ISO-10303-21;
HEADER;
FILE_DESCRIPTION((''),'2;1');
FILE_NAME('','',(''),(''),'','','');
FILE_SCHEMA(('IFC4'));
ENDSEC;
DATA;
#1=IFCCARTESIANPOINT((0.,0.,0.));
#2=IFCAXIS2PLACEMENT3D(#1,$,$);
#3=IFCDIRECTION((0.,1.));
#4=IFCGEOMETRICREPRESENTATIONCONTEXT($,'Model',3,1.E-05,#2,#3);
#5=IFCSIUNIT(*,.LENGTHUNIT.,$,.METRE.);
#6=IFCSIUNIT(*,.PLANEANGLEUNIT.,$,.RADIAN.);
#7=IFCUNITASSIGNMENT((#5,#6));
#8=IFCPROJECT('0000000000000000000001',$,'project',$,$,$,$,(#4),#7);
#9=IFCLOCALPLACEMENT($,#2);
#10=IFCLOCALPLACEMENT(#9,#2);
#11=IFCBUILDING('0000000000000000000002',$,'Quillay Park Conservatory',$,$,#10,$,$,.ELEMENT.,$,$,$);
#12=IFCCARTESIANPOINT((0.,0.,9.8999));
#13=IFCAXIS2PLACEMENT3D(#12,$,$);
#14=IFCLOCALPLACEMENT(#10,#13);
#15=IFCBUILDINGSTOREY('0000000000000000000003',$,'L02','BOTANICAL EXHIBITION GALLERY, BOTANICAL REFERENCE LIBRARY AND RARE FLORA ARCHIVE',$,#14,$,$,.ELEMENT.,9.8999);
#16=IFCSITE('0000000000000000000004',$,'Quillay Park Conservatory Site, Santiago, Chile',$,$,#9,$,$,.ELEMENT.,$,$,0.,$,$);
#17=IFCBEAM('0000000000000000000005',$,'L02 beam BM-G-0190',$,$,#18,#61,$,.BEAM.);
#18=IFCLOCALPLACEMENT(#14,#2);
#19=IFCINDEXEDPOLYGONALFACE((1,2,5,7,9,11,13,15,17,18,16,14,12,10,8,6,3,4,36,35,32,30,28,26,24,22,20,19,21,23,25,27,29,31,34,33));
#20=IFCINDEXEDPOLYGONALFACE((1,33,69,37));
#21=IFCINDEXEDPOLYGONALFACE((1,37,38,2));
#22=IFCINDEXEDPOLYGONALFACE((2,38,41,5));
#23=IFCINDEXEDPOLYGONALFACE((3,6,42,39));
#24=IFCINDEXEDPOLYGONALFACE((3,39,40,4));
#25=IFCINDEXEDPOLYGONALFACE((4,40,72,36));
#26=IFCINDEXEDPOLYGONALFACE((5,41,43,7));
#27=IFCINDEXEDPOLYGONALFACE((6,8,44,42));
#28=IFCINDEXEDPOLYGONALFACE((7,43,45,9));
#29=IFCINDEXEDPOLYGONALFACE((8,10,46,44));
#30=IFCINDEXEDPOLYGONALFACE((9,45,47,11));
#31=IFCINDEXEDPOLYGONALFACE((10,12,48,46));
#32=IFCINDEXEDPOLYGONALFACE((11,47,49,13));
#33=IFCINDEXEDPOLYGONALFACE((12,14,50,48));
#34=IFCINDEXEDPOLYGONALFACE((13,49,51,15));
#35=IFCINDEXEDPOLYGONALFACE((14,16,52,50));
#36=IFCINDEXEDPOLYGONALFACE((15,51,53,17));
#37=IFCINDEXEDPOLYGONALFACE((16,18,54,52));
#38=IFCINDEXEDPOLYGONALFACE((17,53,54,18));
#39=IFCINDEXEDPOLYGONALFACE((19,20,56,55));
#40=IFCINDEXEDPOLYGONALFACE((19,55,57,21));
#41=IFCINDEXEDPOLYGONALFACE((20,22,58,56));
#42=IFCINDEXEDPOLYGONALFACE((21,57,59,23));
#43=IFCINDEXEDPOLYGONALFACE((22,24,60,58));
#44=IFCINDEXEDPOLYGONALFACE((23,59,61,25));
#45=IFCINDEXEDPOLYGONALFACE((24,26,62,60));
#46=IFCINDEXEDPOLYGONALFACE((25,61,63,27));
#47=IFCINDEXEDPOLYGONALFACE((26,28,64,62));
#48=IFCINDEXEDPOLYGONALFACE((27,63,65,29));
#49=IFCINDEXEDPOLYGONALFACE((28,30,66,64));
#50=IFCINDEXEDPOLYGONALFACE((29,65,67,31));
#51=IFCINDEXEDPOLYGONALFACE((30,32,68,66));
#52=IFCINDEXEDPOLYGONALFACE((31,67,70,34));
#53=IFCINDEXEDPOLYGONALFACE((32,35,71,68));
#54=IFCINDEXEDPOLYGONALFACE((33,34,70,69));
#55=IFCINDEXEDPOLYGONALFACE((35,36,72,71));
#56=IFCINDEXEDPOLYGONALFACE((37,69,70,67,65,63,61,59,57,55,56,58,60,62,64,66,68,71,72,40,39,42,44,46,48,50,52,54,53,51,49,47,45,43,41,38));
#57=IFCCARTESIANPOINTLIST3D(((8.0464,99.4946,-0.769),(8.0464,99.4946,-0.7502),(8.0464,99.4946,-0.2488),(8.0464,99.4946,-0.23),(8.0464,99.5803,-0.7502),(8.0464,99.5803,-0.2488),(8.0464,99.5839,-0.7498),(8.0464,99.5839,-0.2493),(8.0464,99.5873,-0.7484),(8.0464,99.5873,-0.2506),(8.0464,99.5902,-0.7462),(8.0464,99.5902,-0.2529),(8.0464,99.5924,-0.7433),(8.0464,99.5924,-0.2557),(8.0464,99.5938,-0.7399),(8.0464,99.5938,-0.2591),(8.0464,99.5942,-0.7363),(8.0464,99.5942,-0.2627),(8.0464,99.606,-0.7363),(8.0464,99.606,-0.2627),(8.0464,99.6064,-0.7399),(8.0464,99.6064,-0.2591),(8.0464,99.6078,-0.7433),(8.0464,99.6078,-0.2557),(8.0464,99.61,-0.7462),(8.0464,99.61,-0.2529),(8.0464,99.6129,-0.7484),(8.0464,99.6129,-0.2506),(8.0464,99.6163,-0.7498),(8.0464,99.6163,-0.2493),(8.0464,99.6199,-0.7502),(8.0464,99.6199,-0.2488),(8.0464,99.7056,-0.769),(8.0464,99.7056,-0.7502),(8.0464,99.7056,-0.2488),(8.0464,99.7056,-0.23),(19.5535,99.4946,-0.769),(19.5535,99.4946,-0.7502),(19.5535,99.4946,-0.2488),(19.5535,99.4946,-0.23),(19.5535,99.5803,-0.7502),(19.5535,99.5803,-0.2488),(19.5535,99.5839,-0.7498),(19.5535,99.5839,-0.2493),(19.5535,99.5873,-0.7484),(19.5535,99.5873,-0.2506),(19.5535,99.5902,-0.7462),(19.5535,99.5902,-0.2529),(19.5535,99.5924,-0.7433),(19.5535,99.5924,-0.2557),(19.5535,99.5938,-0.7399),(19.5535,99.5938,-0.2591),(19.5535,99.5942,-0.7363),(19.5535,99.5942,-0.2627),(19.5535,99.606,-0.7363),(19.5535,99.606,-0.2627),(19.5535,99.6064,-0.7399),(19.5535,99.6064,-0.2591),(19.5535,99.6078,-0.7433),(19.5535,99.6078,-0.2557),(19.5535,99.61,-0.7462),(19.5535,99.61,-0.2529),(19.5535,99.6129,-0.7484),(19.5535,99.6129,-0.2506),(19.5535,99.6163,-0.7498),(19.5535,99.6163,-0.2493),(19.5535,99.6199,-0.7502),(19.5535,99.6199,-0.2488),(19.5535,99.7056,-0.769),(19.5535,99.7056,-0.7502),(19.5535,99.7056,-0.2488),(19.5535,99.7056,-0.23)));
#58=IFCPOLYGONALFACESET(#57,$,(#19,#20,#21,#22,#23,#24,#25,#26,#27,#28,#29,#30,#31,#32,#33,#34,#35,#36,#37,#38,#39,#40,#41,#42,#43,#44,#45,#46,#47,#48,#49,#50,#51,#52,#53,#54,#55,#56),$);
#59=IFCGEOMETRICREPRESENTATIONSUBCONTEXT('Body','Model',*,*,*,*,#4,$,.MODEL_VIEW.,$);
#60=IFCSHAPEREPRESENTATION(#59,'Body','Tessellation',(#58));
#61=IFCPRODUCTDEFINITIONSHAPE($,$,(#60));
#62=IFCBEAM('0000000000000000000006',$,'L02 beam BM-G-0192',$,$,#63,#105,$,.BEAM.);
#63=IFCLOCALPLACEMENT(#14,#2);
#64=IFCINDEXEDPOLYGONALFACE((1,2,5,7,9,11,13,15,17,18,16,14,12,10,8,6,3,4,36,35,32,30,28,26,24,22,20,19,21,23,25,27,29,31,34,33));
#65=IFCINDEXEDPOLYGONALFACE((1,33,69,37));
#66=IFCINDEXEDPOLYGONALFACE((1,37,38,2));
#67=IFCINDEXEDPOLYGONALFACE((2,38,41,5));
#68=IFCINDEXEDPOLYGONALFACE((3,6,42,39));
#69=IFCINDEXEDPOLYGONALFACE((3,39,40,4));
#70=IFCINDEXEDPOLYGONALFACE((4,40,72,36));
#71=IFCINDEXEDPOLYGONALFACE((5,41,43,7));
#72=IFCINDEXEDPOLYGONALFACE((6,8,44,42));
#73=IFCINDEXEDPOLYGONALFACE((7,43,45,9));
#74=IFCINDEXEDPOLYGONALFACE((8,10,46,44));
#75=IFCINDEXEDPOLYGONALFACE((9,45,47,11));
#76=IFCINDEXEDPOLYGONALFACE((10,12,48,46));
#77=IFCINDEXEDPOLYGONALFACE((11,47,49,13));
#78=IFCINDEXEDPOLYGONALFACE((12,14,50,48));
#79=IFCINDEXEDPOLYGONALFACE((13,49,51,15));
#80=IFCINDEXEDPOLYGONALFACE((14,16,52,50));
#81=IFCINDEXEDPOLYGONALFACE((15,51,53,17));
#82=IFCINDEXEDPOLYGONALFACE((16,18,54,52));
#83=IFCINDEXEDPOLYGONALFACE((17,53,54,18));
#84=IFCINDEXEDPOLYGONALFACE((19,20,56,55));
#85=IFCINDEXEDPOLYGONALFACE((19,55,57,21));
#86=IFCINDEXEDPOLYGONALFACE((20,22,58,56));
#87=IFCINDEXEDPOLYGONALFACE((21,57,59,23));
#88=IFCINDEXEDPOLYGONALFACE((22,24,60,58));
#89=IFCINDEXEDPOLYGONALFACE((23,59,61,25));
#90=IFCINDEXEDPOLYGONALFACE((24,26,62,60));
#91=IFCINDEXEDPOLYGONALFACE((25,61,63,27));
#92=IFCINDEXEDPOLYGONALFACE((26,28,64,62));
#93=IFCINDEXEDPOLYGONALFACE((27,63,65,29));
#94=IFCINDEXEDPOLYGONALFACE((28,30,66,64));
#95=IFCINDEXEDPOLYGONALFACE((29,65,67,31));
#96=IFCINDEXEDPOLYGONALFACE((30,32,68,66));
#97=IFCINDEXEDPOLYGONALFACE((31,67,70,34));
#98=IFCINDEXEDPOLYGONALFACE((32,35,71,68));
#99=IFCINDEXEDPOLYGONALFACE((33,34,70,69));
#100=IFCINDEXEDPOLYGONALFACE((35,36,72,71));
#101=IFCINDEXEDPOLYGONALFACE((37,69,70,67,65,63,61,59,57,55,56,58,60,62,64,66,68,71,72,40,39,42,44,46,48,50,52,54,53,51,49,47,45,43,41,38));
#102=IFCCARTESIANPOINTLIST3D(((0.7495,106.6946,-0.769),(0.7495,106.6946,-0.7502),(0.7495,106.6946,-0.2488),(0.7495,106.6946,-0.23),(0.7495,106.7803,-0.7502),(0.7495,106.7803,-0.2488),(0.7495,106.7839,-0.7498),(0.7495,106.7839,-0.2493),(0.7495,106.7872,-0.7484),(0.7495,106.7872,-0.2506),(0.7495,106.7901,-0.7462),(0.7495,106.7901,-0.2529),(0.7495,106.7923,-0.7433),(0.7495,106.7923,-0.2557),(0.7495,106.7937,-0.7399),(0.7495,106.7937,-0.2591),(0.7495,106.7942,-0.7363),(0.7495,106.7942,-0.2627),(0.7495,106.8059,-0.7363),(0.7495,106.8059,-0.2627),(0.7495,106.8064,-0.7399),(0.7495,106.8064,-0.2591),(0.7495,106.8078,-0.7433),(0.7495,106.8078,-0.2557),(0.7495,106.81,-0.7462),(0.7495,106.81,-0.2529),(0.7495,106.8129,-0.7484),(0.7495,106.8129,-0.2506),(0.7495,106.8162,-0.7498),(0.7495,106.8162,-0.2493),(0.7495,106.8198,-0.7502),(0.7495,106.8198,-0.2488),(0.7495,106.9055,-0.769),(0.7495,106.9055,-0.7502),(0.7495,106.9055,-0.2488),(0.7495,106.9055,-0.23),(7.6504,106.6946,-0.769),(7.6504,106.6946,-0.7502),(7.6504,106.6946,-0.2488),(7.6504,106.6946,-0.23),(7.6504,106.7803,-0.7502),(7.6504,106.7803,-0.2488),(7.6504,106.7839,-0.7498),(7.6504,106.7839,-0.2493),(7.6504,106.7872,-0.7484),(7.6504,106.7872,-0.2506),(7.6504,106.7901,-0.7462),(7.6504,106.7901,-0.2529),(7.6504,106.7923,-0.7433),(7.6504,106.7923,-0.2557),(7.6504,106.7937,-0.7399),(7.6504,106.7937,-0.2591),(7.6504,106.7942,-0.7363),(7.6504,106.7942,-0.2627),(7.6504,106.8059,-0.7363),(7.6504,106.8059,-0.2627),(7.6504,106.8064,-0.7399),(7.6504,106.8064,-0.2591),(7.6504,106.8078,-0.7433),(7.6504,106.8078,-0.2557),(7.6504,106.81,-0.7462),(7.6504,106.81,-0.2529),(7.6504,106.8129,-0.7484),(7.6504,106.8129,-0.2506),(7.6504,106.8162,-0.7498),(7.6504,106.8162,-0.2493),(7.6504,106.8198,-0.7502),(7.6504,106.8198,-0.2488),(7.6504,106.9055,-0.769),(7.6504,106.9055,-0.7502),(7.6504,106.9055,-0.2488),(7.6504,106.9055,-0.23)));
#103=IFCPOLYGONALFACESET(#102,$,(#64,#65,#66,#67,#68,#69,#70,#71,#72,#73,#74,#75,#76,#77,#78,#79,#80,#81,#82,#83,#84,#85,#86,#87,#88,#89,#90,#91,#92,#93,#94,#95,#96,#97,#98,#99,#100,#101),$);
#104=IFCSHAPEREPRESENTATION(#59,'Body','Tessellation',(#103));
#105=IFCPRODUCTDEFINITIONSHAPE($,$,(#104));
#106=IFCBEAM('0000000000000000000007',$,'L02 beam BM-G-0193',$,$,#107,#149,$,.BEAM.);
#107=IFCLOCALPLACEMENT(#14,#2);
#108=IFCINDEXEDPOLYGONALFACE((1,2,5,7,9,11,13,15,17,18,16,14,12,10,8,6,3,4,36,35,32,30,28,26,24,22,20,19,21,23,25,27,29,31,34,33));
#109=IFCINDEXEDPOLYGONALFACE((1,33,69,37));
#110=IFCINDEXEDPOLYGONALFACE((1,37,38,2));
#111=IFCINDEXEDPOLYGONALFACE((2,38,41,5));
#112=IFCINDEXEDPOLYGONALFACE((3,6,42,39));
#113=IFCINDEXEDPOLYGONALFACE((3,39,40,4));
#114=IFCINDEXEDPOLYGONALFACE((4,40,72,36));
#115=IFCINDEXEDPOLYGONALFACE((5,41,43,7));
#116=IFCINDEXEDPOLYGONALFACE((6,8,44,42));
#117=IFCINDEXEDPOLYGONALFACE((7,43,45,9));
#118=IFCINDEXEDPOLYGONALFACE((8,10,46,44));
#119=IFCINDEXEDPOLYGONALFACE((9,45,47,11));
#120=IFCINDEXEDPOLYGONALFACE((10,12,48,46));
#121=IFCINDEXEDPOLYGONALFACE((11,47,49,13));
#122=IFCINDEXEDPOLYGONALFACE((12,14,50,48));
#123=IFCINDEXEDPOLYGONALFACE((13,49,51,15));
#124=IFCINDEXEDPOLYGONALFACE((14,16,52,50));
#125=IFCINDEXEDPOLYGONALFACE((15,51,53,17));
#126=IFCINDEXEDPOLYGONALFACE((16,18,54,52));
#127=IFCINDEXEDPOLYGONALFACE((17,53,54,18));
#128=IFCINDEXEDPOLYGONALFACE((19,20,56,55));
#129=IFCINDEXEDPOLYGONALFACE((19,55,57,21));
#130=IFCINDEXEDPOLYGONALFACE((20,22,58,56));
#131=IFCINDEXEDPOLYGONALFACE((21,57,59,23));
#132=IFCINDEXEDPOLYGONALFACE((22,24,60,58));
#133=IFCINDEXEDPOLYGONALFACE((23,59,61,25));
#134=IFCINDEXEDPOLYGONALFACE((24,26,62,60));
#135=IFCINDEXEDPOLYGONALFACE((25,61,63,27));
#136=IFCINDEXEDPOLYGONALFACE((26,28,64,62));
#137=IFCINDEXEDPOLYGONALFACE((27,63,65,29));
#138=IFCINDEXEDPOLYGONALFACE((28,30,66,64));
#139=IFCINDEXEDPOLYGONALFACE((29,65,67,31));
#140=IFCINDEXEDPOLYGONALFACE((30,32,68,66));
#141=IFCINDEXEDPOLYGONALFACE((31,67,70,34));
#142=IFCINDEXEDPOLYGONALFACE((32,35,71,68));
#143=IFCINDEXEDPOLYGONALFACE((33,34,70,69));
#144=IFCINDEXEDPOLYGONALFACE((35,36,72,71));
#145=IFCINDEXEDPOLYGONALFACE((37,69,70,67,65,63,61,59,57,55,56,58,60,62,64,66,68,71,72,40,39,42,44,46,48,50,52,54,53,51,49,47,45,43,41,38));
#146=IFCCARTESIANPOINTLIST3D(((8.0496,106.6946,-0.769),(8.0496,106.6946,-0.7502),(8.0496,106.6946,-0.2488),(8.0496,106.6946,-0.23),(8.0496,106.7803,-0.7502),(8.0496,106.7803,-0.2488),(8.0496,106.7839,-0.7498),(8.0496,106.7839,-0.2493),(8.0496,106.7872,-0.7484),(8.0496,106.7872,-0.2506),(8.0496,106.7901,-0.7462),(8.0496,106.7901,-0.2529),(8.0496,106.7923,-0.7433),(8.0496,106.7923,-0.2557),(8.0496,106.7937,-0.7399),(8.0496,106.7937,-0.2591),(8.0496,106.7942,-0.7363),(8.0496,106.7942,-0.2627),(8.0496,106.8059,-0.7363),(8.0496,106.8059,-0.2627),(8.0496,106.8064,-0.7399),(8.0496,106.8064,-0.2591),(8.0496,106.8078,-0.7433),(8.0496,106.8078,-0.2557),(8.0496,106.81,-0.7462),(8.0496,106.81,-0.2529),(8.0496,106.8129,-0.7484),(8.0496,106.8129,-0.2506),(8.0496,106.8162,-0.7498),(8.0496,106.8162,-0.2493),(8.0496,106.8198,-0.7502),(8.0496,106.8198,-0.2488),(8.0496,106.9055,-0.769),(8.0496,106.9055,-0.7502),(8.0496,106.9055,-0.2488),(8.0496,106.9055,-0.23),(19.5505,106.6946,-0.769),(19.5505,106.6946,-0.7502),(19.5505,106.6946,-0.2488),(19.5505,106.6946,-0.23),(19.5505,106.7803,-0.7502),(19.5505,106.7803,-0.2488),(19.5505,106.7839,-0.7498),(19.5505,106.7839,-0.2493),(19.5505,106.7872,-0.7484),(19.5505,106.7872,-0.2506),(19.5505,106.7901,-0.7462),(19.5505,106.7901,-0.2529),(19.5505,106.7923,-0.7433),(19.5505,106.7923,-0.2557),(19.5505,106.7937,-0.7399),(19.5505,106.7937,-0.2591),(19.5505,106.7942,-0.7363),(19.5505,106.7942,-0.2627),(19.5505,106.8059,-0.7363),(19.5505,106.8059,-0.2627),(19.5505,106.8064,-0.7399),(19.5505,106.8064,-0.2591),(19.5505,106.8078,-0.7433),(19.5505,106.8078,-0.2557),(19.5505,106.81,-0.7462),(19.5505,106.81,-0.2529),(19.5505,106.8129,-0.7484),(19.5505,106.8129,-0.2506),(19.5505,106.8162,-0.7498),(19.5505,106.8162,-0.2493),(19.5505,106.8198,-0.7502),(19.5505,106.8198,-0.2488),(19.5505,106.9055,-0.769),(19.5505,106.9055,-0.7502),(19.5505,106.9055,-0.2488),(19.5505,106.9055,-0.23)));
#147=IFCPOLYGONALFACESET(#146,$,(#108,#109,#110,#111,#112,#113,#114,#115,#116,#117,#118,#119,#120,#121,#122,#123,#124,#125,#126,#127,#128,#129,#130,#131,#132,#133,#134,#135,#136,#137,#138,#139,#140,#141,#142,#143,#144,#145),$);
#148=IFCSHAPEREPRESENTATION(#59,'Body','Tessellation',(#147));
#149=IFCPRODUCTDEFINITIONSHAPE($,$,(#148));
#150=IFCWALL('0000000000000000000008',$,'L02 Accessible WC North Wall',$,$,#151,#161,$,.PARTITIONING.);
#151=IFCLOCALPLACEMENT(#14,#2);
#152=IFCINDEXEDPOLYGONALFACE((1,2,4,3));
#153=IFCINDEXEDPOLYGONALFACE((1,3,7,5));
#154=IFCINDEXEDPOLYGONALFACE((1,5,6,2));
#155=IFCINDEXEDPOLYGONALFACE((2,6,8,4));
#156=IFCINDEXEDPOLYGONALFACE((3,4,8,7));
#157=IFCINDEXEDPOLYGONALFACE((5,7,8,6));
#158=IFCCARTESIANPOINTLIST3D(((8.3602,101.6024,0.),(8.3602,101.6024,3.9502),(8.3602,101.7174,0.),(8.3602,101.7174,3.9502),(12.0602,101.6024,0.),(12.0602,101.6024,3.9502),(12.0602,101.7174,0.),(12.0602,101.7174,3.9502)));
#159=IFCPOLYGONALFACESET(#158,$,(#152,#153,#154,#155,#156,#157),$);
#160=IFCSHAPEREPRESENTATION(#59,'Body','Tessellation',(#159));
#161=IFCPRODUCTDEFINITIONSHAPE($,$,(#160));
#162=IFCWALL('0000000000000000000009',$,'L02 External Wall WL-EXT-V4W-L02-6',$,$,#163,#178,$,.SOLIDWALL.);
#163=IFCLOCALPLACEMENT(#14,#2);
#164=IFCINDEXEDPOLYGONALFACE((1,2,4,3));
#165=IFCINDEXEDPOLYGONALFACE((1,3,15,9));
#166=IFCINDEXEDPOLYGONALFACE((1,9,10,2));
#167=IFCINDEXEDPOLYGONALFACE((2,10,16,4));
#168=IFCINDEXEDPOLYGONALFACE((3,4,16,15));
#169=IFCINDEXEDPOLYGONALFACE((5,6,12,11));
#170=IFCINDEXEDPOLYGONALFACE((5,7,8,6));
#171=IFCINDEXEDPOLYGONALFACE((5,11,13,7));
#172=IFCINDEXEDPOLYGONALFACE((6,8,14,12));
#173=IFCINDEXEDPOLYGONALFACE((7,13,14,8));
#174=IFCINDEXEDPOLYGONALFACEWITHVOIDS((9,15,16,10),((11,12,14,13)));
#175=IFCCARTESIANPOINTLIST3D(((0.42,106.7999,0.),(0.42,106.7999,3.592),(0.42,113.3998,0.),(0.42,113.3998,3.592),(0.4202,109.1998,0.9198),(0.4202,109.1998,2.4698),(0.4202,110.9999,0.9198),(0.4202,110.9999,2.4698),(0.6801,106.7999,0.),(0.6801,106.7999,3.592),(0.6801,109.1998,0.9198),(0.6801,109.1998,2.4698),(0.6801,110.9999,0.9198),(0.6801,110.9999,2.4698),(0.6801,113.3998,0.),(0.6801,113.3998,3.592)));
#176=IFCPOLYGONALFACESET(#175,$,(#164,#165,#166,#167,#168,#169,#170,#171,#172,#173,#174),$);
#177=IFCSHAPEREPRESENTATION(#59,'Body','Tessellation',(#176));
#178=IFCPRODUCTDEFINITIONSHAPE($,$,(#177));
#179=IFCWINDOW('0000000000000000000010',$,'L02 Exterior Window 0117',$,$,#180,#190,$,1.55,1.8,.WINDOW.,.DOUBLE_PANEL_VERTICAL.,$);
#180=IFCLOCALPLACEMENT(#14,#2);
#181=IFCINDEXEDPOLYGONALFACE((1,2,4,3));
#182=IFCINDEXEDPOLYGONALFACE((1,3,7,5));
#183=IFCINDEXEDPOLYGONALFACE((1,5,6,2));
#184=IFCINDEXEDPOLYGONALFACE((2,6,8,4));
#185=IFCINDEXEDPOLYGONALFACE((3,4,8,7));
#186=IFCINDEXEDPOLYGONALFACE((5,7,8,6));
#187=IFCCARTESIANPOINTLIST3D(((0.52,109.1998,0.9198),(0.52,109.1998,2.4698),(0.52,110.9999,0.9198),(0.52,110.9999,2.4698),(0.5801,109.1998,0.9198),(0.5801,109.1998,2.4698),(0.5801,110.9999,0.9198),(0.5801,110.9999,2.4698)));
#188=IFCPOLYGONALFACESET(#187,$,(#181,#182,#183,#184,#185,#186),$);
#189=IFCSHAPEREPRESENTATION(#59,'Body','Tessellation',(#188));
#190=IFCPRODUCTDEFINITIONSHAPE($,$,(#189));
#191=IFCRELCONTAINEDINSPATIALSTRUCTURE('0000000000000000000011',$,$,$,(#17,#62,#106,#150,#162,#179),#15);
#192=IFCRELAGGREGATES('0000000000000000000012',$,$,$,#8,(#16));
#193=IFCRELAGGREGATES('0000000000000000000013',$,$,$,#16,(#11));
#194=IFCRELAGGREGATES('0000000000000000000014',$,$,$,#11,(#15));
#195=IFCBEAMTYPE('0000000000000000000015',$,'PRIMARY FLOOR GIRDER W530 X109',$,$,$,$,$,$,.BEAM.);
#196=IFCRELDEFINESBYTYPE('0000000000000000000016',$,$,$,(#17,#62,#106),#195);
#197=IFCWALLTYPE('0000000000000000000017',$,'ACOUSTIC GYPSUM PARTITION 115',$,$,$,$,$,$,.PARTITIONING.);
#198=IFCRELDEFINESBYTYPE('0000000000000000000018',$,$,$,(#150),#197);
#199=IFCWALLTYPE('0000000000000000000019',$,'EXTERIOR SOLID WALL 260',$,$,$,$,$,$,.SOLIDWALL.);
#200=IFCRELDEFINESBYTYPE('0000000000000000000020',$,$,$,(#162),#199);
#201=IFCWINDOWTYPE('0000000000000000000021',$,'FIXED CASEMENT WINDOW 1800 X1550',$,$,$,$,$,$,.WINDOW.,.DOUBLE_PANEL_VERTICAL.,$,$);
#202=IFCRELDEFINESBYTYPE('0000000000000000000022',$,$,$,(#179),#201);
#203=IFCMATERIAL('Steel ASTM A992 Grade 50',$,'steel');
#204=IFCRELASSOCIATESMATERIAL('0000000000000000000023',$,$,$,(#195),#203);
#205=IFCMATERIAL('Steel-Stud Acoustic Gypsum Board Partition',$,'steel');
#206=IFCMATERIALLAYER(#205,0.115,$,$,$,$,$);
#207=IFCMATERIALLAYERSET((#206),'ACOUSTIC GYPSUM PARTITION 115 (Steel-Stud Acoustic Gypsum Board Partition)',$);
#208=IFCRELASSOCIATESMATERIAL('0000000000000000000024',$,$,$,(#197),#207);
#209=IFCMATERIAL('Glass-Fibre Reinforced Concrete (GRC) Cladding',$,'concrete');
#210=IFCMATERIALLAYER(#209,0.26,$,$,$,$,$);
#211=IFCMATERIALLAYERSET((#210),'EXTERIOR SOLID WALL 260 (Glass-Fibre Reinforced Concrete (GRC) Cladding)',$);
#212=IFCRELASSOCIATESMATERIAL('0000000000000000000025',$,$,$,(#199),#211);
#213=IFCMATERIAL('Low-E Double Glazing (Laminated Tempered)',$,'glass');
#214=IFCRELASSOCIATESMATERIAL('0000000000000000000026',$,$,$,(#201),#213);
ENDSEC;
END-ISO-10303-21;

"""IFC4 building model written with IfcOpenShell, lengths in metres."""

from ifc_helpers import new_model, si_unit, direction, frame, frame_2d, origin, origin_2d, place, context, subcontext, project, spatial, rectangle, i_section, extrude, material, layer, layer_set, material_profile, profile_set, type_object, element, fill, save


model = new_model("IFC4")

# Units and contexts
model_context = context("Model", 3, precision=1e-05, world=origin(), true_north=direction((0.0, 1.0)))
body_context = subcontext(model_context, "Body", "Model", "MODEL_VIEW")
ifc_project = project(units=[si_unit("LENGTHUNIT", "METRE"), si_unit("PLANEANGLEUNIT", "RADIAN")], contexts=[model_context])

# Site, building, storey
site_placement = place(None, origin())
site = spatial("IfcSite", under=ifc_project, at=site_placement, Name="Quillay Park Conservatory Site, Santiago, Chile", CompositionType="ELEMENT", RefElevation=0.0)
building_placement = place(site_placement, origin())
building = spatial("IfcBuilding", under=site, at=building_placement, Name="Quillay Park Conservatory", CompositionType="ELEMENT")
storey_placement = place(building_placement, frame((0.0, 0.0, 9.8999)))
storey = spatial("IfcBuildingStorey", under=building, at=storey_placement, Name="L02", Description="BOTANICAL EXHIBITION GALLERY, BOTANICAL REFERENCE LIBRARY AND RARE FLORA ARCHIVE", CompositionType="ELEMENT", Elevation=9.8999)

# Beams
ifc_material_1 = material(Name="Steel ASTM A992 Grade 50", Category="steel")
ifc_material_profile_1 = material_profile(ifc_material_1, i_section(OverallWidth=0.2109, OverallDepth=0.5391, WebThickness=0.0117, FlangeThickness=0.0188, FilletRadius=0.0139, at=origin_2d()), Name="W530x109")
ifc_profile_set_1 = profile_set([ifc_material_profile_1], Name="Steel ASTM A992 Grade 50")
beam_type_1 = type_object("IfcBeamType", Name="PRIMARY FLOOR GIRDER W530 X109", PredefinedType="BEAM", material=ifc_profile_set_1)
beam_1_placement = place(storey_placement, frame((8.0464, 99.6001, -0.4995), z_axis=(1.0, 0.0, 0.0), x_axis=(0.0, 1.0, 0.0)))
element("IfcBeam", 1, at=beam_1_placement, inside=storey, type_object=beam_type_1, Name="L02 beam BM-G-0190", PredefinedType="BEAM", context=body_context, shape_type="SweptSolid", body=[
    extrude(i_section(OverallWidth=0.2109, OverallDepth=0.5391, WebThickness=0.0117, FlangeThickness=0.0188, FilletRadius=0.0139, at=origin_2d()), origin(), (0.0, 0.0, 1.0), 11.5071),
])
beam_2_placement = place(storey_placement, frame((0.7495, 106.8, -0.4995), z_axis=(1.0, 0.0, 0.0), x_axis=(0.0, 1.0, 0.0)))
element("IfcBeam", 2, at=beam_2_placement, inside=storey, type_object=beam_type_1, Name="L02 beam BM-G-0192", PredefinedType="BEAM", context=body_context, shape_type="SweptSolid", body=[
    extrude(i_section(OverallWidth=0.2109, OverallDepth=0.5391, WebThickness=0.0117, FlangeThickness=0.0188, FilletRadius=0.0139, at=origin_2d()), origin(), (0.0, 0.0, 1.0), 6.9009),
])
beam_3_placement = place(storey_placement, frame((8.0496, 106.8, -0.4995), z_axis=(1.0, 0.0, 0.0), x_axis=(0.0, 1.0, 0.0)))
element("IfcBeam", 3, at=beam_3_placement, inside=storey, type_object=beam_type_1, Name="L02 beam BM-G-0193", PredefinedType="BEAM", context=body_context, shape_type="SweptSolid", body=[
    extrude(i_section(OverallWidth=0.2109, OverallDepth=0.5391, WebThickness=0.0117, FlangeThickness=0.0188, FilletRadius=0.0139, at=origin_2d()), origin(), (0.0, 0.0, 1.0), 11.501),
])

# Wall
ifc_material_2 = material(Name="Steel-Stud Acoustic Gypsum Board Partition", Category="steel")
ifc_layer_1 = layer(ifc_material_2, 0.115)
ifc_layer_set_1 = layer_set([ifc_layer_1], Name="ACOUSTIC GYPSUM PARTITION 115 (Steel-Stud Acoustic Gypsum Board Partition)")
wall_type_1 = type_object("IfcWallType", Name="ACOUSTIC GYPSUM PARTITION 115", PredefinedType="PARTITIONING", material=ifc_layer_set_1)
wall_1_placement = place(storey_placement, frame((8.3601, 101.6599, 0.0), z_axis=(0.0, 0.0, 1.0), x_axis=(1.0, 0.0, 0.0)))
element("IfcWall", 4, at=wall_1_placement, inside=storey, type_object=wall_type_1, Name="L02 Accessible WC North Wall", PredefinedType="PARTITIONING", context=body_context, shape_type="SweptSolid", body=[
    extrude(rectangle(XDim=3.7, YDim=0.115, at=frame_2d((1.8501, 0.0))), origin(), (0.0, 0.0, 1.0), 3.9502),
])

# Wall, opening, window
ifc_material_3 = material(Name="Glass-Fibre Reinforced Concrete (GRC) Cladding", Category="concrete")
ifc_layer_2 = layer(ifc_material_3, 0.26)
ifc_layer_set_2 = layer_set([ifc_layer_2], Name="EXTERIOR SOLID WALL 260 (Glass-Fibre Reinforced Concrete (GRC) Cladding)")
wall_type_2 = type_object("IfcWallType", Name="EXTERIOR SOLID WALL 260", PredefinedType="SOLIDWALL", material=ifc_layer_set_2)
wall_2_placement = place(storey_placement, frame((0.55, 106.8, 0.0), z_axis=(0.0, 0.0, 1.0), x_axis=(0.0, 1.0, 0.0)))
wall_2 = element("IfcWall", 5, at=wall_2_placement, inside=storey, type_object=wall_type_2, Name="L02 External Wall WL-EXT-V4W-L02-6", PredefinedType="SOLIDWALL", context=body_context, shape_type="SweptSolid", body=[
    extrude(rectangle(XDim=6.5999, YDim=0.26, at=frame_2d((3.2998, 0.0))), origin(), (0.0, 0.0, 1.0), 3.592),
])
opening_1_placement = place(wall_2_placement, frame((2.3999, 0.0, 0.9199)))
opening_1 = element("IfcOpeningElement", 6, at=opening_1_placement, cuts=wall_2, PredefinedType="OPENING", context=body_context, shape_type="SweptSolid", body=[
    extrude(rectangle(XDim=1.8, YDim=1.55, at=frame_2d((0.8999, 0.7749))), frame((0.0, 0.1299, 0.0), z_axis=(0.0, -1.0, 0.0), x_axis=(1.0, 0.0, 0.0)), (0.0, 0.0, 1.0), 0.26),
])
ifc_material_4 = material(Name="Low-E Double Glazing (Laminated Tempered)", Category="glass")
window_type = type_object("IfcWindowType", Name="FIXED CASEMENT WINDOW 1800 X1550", PartitioningType="DOUBLE_PANEL_VERTICAL", PredefinedType="WINDOW", material=ifc_material_4)
window_placement = place(opening_1_placement, origin())
window = element("IfcWindow", 7, at=window_placement, inside=storey, type_object=window_type, Name="L02 Exterior Window 0117", OverallHeight=1.55, OverallWidth=1.8, PartitioningType="DOUBLE_PANEL_VERTICAL", PredefinedType="WINDOW", context=body_context, shape_type="SweptSolid", body=[
    extrude(rectangle(XDim=1.8, YDim=1.55, at=frame_2d((0.8999, 0.7749))), frame((0.0, 0.03, 0.0), z_axis=(0.0, -1.0, 0.0), x_axis=(1.0, 0.0, 0.0)), (0.0, 0.0, 1.0), 0.0601),
])
fill(opening_1, window)

save(model, "model.ifc")
